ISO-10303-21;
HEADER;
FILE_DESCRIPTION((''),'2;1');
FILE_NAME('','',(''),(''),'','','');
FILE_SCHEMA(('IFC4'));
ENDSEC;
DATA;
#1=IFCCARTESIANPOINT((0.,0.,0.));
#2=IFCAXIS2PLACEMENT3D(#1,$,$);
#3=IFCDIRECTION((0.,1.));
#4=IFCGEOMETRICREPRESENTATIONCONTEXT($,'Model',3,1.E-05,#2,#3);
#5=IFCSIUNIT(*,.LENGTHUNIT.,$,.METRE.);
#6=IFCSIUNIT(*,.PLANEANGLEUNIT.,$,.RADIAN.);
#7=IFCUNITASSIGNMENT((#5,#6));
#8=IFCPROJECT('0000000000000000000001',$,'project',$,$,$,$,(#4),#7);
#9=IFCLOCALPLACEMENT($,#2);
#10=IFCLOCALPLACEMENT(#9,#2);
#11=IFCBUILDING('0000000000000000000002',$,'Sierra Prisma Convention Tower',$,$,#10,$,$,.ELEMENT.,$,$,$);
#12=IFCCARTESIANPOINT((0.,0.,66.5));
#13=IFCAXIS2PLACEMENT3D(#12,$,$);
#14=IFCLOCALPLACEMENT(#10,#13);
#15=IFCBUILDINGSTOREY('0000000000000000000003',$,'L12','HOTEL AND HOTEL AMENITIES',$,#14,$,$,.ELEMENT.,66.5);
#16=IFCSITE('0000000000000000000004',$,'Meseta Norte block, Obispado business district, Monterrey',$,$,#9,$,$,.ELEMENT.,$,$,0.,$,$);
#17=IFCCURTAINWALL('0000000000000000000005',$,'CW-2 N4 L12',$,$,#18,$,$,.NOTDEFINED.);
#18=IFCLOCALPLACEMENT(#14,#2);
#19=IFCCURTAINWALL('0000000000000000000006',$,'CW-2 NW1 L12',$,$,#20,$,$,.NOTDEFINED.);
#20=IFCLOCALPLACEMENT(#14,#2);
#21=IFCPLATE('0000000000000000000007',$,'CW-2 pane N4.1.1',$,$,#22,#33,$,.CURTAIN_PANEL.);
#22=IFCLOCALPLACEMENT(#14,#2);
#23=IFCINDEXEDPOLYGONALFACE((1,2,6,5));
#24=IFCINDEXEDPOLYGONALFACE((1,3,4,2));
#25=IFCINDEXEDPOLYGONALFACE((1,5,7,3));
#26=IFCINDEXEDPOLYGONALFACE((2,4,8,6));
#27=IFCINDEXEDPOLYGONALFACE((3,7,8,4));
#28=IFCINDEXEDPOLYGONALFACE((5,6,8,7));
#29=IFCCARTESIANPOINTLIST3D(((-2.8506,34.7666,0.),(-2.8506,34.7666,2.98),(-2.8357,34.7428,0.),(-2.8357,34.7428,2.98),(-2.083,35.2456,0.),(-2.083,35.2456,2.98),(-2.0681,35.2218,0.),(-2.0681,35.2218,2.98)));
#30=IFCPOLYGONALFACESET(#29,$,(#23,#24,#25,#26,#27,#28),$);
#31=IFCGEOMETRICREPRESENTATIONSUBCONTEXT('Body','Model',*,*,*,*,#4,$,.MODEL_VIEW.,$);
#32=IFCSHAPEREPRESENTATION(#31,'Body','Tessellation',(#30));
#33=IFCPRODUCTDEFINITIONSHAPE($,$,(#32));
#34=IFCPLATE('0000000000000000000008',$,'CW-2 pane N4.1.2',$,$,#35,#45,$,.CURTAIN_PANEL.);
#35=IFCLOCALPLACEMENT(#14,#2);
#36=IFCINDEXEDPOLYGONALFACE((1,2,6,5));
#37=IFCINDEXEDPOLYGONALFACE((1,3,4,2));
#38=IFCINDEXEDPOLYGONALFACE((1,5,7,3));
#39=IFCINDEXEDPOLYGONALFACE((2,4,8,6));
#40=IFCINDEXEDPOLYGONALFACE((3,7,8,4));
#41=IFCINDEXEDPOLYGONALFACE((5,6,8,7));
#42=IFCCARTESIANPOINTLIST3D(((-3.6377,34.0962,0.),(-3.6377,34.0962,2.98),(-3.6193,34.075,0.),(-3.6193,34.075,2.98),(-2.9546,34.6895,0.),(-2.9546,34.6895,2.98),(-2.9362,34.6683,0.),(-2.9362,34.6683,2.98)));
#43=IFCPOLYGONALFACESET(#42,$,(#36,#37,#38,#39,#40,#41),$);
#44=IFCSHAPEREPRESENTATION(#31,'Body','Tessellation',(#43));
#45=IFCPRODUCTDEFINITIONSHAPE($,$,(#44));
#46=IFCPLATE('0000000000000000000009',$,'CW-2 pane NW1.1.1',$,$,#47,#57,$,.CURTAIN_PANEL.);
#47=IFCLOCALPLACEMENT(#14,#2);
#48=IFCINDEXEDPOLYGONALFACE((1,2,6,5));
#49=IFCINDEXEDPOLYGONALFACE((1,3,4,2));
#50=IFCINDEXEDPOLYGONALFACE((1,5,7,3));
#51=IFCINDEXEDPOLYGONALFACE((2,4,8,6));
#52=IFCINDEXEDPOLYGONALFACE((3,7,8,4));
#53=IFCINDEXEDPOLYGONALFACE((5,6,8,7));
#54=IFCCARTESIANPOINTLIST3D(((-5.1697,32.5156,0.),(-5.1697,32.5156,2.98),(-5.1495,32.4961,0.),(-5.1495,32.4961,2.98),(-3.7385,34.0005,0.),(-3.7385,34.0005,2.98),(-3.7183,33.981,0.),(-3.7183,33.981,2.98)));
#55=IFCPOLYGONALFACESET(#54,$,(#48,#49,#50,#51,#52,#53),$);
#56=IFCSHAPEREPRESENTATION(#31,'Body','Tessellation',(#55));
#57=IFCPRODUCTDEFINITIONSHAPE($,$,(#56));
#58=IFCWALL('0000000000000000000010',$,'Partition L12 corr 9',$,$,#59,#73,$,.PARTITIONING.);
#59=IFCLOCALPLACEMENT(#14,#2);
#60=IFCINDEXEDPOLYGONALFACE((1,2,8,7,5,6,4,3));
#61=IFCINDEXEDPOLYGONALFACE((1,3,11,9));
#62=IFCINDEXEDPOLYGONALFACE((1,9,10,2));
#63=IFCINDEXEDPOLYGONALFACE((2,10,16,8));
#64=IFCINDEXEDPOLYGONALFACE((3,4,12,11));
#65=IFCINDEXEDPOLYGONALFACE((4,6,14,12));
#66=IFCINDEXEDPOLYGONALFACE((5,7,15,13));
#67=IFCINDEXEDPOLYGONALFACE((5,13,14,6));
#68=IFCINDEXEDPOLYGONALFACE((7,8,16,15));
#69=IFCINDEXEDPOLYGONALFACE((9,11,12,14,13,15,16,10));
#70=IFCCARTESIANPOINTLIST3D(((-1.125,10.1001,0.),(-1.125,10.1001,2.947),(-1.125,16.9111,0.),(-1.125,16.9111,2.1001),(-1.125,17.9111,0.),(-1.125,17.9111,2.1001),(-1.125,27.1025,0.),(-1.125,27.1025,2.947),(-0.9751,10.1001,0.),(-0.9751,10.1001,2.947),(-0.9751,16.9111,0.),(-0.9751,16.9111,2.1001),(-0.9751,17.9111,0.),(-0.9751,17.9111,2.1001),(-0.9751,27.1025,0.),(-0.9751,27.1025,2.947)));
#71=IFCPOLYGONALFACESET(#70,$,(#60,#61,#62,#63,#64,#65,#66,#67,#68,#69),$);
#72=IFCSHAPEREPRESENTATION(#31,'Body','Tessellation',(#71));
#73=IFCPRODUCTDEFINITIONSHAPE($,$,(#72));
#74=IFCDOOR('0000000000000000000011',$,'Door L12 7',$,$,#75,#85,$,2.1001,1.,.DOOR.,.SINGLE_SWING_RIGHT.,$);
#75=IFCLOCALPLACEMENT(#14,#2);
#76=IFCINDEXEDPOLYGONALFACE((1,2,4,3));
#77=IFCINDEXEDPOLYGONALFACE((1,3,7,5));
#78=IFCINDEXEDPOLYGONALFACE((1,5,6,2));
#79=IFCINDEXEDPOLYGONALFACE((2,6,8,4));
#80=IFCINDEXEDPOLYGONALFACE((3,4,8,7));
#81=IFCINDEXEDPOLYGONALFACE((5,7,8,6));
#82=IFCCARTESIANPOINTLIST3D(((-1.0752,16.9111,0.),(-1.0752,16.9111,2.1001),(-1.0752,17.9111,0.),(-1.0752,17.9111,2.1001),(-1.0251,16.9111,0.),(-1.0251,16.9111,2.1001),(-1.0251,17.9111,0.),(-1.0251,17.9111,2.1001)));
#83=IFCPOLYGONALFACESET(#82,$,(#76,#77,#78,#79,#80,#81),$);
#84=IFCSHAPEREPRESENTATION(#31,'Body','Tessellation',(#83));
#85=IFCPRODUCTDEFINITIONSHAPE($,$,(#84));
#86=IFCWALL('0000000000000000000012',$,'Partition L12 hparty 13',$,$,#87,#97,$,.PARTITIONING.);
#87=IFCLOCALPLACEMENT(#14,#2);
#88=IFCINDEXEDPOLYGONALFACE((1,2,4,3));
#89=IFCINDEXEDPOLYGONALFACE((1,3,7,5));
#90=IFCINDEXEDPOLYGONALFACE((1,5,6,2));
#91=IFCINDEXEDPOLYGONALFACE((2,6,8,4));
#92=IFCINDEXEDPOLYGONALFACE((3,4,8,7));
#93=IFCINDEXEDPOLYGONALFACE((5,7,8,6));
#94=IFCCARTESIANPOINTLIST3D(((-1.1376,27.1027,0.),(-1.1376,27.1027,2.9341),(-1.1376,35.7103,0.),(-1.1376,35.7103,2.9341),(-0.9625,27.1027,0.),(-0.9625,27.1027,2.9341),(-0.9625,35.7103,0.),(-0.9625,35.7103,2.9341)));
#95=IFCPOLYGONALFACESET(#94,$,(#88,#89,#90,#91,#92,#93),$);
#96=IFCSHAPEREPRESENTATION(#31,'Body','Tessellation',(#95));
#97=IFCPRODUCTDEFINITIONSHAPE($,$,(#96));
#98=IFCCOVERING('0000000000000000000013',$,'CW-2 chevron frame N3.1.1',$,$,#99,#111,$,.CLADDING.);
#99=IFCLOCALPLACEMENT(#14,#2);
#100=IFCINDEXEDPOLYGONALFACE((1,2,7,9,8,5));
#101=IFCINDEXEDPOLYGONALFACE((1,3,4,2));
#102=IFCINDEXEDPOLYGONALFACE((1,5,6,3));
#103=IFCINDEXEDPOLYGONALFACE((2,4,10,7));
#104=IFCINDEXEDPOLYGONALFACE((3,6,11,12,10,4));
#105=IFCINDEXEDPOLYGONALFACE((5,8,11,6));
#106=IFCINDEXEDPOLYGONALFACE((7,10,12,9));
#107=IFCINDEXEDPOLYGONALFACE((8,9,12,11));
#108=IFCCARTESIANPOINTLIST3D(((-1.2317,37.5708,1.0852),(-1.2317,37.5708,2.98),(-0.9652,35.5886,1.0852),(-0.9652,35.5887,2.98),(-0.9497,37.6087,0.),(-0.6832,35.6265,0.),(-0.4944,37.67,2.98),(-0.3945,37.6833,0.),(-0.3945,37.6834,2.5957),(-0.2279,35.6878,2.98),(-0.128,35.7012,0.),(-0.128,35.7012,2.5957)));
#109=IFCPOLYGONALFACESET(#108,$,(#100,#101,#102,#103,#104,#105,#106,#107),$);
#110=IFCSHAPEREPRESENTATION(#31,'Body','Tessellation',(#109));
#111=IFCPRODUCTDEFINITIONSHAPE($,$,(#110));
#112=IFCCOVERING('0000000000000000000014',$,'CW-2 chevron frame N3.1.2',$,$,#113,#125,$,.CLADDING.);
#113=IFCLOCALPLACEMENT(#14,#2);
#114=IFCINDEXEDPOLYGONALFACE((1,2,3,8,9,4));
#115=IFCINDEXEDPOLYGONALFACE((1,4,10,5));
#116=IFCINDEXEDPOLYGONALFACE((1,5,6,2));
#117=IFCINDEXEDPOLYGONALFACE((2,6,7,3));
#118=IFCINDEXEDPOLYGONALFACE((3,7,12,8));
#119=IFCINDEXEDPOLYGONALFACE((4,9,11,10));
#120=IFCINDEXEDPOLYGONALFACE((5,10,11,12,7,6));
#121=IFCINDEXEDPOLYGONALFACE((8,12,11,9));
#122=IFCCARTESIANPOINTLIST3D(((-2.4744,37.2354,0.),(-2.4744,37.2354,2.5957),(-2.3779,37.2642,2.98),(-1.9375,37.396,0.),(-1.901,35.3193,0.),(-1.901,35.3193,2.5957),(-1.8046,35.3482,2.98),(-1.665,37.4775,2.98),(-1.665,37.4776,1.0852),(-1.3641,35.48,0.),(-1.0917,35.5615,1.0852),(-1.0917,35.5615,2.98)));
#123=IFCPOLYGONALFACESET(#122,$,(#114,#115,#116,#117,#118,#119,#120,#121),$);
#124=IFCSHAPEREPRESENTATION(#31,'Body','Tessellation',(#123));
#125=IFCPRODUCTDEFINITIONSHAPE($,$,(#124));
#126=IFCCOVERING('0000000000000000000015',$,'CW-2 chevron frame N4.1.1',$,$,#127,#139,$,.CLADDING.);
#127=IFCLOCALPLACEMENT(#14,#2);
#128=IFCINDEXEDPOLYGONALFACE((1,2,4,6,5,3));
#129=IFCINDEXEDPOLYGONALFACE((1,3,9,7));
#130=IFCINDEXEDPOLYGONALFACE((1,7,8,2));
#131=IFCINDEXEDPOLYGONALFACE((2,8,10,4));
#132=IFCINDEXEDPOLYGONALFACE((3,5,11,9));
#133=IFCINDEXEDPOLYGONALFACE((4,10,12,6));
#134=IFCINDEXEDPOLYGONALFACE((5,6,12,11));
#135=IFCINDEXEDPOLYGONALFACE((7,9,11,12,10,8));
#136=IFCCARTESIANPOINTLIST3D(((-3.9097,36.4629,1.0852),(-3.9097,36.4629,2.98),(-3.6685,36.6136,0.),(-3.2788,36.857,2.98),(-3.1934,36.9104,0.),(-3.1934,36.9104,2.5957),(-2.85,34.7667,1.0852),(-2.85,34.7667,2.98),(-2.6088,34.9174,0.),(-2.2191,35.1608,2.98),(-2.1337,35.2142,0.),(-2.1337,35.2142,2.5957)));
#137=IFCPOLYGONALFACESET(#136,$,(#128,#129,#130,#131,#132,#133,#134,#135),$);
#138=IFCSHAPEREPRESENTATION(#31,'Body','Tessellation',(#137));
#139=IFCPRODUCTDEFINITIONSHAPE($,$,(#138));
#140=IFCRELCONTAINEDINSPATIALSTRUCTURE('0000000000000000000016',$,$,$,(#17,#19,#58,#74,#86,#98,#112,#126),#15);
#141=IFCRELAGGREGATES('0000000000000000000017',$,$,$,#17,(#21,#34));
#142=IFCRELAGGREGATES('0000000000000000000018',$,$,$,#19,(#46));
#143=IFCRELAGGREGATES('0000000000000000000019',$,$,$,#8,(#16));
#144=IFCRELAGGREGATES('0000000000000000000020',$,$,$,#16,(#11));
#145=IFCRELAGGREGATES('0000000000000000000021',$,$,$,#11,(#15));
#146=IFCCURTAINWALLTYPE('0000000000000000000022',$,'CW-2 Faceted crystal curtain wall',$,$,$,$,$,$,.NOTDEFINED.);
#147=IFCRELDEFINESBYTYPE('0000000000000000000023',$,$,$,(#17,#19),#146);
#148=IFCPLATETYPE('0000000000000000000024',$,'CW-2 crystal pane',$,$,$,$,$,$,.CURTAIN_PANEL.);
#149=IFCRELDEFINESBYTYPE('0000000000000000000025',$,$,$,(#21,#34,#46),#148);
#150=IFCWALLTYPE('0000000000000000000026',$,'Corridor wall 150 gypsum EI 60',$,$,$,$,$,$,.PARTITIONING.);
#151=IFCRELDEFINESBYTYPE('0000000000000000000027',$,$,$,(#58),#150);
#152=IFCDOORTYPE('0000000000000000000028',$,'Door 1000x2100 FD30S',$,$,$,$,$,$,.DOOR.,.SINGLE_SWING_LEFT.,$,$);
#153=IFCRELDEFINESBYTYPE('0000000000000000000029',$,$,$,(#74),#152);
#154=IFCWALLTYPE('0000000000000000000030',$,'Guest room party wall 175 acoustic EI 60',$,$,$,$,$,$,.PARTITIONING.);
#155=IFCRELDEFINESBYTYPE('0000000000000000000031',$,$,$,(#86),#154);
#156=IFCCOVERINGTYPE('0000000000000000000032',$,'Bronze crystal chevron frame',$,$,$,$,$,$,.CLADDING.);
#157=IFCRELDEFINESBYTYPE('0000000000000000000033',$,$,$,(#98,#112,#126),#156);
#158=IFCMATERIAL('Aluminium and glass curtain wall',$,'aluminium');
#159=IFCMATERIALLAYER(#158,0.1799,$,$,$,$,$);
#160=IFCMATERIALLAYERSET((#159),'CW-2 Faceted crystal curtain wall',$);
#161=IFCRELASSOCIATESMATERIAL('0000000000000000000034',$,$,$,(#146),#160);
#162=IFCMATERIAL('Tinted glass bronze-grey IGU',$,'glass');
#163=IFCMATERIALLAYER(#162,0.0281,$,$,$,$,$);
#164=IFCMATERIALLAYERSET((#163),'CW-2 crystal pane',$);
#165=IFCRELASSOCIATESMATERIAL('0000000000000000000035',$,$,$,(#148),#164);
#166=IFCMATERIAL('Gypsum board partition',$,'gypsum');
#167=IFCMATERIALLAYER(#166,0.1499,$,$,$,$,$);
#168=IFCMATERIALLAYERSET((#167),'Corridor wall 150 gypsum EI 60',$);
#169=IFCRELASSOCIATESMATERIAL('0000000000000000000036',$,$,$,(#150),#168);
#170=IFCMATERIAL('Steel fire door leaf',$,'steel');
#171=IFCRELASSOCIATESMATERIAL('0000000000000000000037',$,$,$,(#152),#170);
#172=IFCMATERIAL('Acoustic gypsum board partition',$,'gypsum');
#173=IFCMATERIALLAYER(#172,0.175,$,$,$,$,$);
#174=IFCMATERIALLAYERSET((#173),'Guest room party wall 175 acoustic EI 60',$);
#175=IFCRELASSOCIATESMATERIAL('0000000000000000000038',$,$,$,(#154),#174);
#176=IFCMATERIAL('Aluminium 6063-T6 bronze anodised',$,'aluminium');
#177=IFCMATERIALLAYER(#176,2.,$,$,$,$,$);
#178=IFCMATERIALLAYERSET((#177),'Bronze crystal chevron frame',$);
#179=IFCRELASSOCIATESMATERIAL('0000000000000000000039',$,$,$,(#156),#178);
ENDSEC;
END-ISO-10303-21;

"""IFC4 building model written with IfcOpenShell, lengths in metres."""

from ifc_helpers import new_model, si_unit, direction, frame, frame_2d, origin, place, context, subcontext, project, spatial, polyline, rectangle, outline, extrude, material, layer, layer_set, type_object, element, fill, aggregate, save


model = new_model("IFC4")

# Units and contexts
model_context = context("Model", 3, precision=1e-05, world=origin(), true_north=direction((0.0, 1.0)))
body_context = subcontext(model_context, "Body", "Model", "MODEL_VIEW")
ifc_project = project(units=[si_unit("LENGTHUNIT", "METRE"), si_unit("PLANEANGLEUNIT", "RADIAN")], contexts=[model_context])

# Site, building, storey
site_placement = place(None, origin())
site = spatial("IfcSite", under=ifc_project, at=site_placement, Name="Meseta Norte block, Obispado business district, Monterrey", CompositionType="ELEMENT", RefElevation=0.0)
building_placement = place(site_placement, origin())
building = spatial("IfcBuilding", under=site, at=building_placement, Name="Sierra Prisma Convention Tower", CompositionType="ELEMENT")
storey_placement = place(building_placement, frame((0.0, 0.0, 66.5)))
storey = spatial("IfcBuildingStorey", under=building, at=storey_placement, Name="L12", Description="HOTEL AND HOTEL AMENITIES", CompositionType="ELEMENT", Elevation=66.5)

# Curtain wall
ifc_material_1 = material(Name="Aluminium and glass curtain wall", Category="aluminium")
ifc_layer_1 = layer(ifc_material_1, 0.1799)
ifc_layer_set_1 = layer_set([ifc_layer_1], Name="CW-2 Faceted crystal curtain wall")
curtain_wall_type = type_object("IfcCurtainWallType", Name="CW-2 Faceted crystal curtain wall", PredefinedType="NOTDEFINED", material=ifc_layer_set_1)
curtain_wall_1_placement = place(storey_placement, origin())
curtain_wall_1 = element("IfcCurtainWall", 1, at=curtain_wall_1_placement, inside=storey, type_object=curtain_wall_type, Name="CW-2 N4 L12", PredefinedType="NOTDEFINED")

# Curtain wall
curtain_wall_2_placement = place(storey_placement, origin())
curtain_wall_2 = element("IfcCurtainWall", 2, at=curtain_wall_2_placement, inside=storey, type_object=curtain_wall_type, Name="CW-2 NW1 L12", PredefinedType="NOTDEFINED")

# Plates
ifc_material_2 = material(Name="Tinted glass bronze-grey IGU", Category="glass")
ifc_layer_2 = layer(ifc_material_2, 0.0281)
ifc_layer_set_2 = layer_set([ifc_layer_2], Name="CW-2 crystal pane")
plate_type = type_object("IfcPlateType", Name="CW-2 crystal pane", PredefinedType="CURTAIN_PANEL", material=ifc_layer_set_2)
plate_1_placement = place(storey_placement, frame((-2.083, 35.2456, 0.0), z_axis=(-0.529417, 0.848362, 0.0), x_axis=(-0.848362, -0.529417, 0.0)))
plate_1 = element("IfcPlate", 3, at=plate_1_placement, type_object=plate_type, Name="CW-2 pane N4.1.1", PredefinedType="CURTAIN_PANEL", context=body_context, shape_type="SweptSolid", body=[
    extrude(outline(polyline([(0.0, 0.0), (0.9048, 0.0), (0.9048, 2.98), (0.0, 2.98), (0.0, 0.0)])), origin(), (0.0, 0.0, -1.0), 0.0281),
])
plate_2_placement = place(storey_placement, frame((-3.6377, 34.0962, 0.0), z_axis=(-0.655711, 0.755012, 0.0), x_axis=(0.755012, 0.655711, 0.0)))
plate_2 = element("IfcPlate", 4, at=plate_2_placement, type_object=plate_type, Name="CW-2 pane N4.1.2", PredefinedType="CURTAIN_PANEL", context=body_context, shape_type="SweptSolid", body=[
    extrude(outline(polyline([(0.0, 0.0), (0.9048, 0.0), (0.9048, -2.98), (0.0, -2.98), (0.0, 0.0)])), origin(), (0.0, 0.0, -1.0), 0.0281),
])
aggregate(curtain_wall_1, [plate_1, plate_2])
plate_3_placement = place(storey_placement, frame((-3.7385, 34.0005, 0.0), z_axis=(-0.720009, 0.693965, 0.0), x_axis=(-0.693965, -0.720009, 0.0)))
plate_3 = element("IfcPlate", 5, at=plate_3_placement, type_object=plate_type, Name="CW-2 pane NW1.1.1", PredefinedType="CURTAIN_PANEL", context=body_context, shape_type="SweptSolid", body=[
    extrude(outline(polyline([(0.0, 0.0), (2.0623, 0.0), (2.0623, 2.98), (0.0, 2.98), (0.0, 0.0)])), origin(), (0.0, 0.0, -1.0), 0.0281),
])
aggregate(curtain_wall_2, [plate_3])

# Wall, opening, door
ifc_material_3 = material(Name="Gypsum board partition", Category="gypsum")
ifc_layer_3 = layer(ifc_material_3, 0.1499)
ifc_layer_set_3 = layer_set([ifc_layer_3], Name="Corridor wall 150 gypsum EI 60")
wall_type_1 = type_object("IfcWallType", Name="Corridor wall 150 gypsum EI 60", PredefinedType="PARTITIONING", material=ifc_layer_set_3)
wall_1_placement = place(storey_placement, frame((-1.05, 27.1025, 0.0), z_axis=(0.0, 0.0, 1.0), x_axis=(0.0, -1.0, 0.0)))
wall_1 = element("IfcWall", 6, at=wall_1_placement, inside=storey, type_object=wall_type_1, Name="Partition L12 corr 9", PredefinedType="PARTITIONING", context=body_context, shape_type="SweptSolid", body=[
    extrude(rectangle(XDim=17.0024, YDim=0.1499, at=frame_2d((8.5012, 0.0))), origin(), (0.0, 0.0, 1.0), 2.947),
])
opening_placement = place(wall_1_placement, frame((9.1914, 0.0, 0.0)))
opening = element("IfcOpeningElement", 7, at=opening_placement, cuts=wall_1, PredefinedType="OPENING", context=body_context, shape_type="SweptSolid", body=[
    extrude(rectangle(XDim=1.0, YDim=2.1001, at=frame_2d((0.5, 1.05))), frame((0.0, 0.075, 0.0), z_axis=(0.0, -1.0, 0.0), x_axis=(1.0, 0.0, 0.0)), (0.0, 0.0, 1.0), 0.1499),
])
ifc_material_4 = material(Name="Steel fire door leaf", Category="steel")
door_type = type_object("IfcDoorType", Name="Door 1000x2100 FD30S", OperationType="SINGLE_SWING_LEFT", PredefinedType="DOOR", material=ifc_material_4)
door_placement = place(opening_placement, origin())
door = element("IfcDoor", 8, at=door_placement, inside=storey, type_object=door_type, Name="Door L12 7", OperationType="SINGLE_SWING_RIGHT", OverallHeight=2.1001, OverallWidth=1.0, PredefinedType="DOOR", context=body_context, shape_type="SweptSolid", body=[
    extrude(rectangle(XDim=1.0, YDim=2.1001, at=frame_2d((0.5, 1.05))), frame((0.0, 0.0249, 0.0), z_axis=(0.0, -1.0, 0.0), x_axis=(1.0, 0.0, 0.0)), (0.0, 0.0, 1.0), 0.05),
])
fill(opening, door)

# Wall
ifc_material_5 = material(Name="Acoustic gypsum board partition", Category="gypsum")
ifc_layer_4 = layer(ifc_material_5, 0.175)
ifc_layer_set_4 = layer_set([ifc_layer_4], Name="Guest room party wall 175 acoustic EI 60")
wall_type_2 = type_object("IfcWallType", Name="Guest room party wall 175 acoustic EI 60", PredefinedType="PARTITIONING", material=ifc_layer_set_4)
wall_2_placement = place(storey_placement, frame((-1.05, 35.7102, 0.0), z_axis=(0.0, 0.0, 1.0), x_axis=(0.0, -1.0, 0.0)))
element("IfcWall", 9, at=wall_2_placement, inside=storey, type_object=wall_type_2, Name="Partition L12 hparty 13", PredefinedType="PARTITIONING", context=body_context, shape_type="SweptSolid", body=[
    extrude(rectangle(XDim=8.6077, YDim=0.175, at=frame_2d((4.3037, 0.0))), origin(), (0.0, 0.0, 1.0), 2.9341),
])

# Coverings
ifc_material_6 = material(Name="Aluminium 6063-T6 bronze anodised", Category="aluminium")
ifc_layer_5 = layer(ifc_material_6, 2.0)
ifc_layer_set_5 = layer_set([ifc_layer_5], Name="Bronze crystal chevron frame")
covering_type = type_object("IfcCoveringType", Name="Bronze crystal chevron frame", PredefinedType="CLADDING", material=ifc_layer_set_5)
covering_1_placement = place(storey_placement, frame((-0.3945, 37.6833, 0.0), z_axis=(-0.133258, 0.991081, -0.000012), x_axis=(-0.991081, -0.133258, 0.0)))
element("IfcCovering", 10, at=covering_1_placement, inside=storey, type_object=covering_type, Name="CW-2 chevron frame N3.1.1", PredefinedType="CLADDING", context=body_context, shape_type="SweptSolid", body=[
    extrude(outline(polyline([(0.0, 0.0), (0.5602, 0.0), (0.8447, 1.0852), (0.8447, 2.98), (0.1008, 2.98), (0.0, 2.5957), (0.0, 0.0)])), origin(), (0.0, 0.0, -1.0), 2.0),
])
covering_2_placement = place(storey_placement, frame((-1.665, 37.4775, 2.98), z_axis=(-0.286687, 0.958024, 0.000007), x_axis=(-0.000002, 0.000006, -1.0)))
element("IfcCovering", 11, at=covering_2_placement, inside=storey, type_object=covering_type, Name="CW-2 chevron frame N3.1.2", PredefinedType="CLADDING", context=body_context, shape_type="SweptSolid", body=[
    extrude(outline(polyline([(0.0, 0.0), (1.8948, 0.0), (2.98, 0.2844), (2.98, 0.8448), (0.3843, 0.8448), (0.0, 0.7441), (0.0, 0.0)])), origin(), (0.0, 0.0, -1.0), 2.0),
])
covering_3_placement = place(storey_placement, frame((-3.1934, 36.9104, 0.0), z_axis=(-0.529848, 0.848092, 0.000003), x_axis=(-0.848092, -0.529848, 0.0)))
element("IfcCovering", 12, at=covering_3_placement, inside=storey, type_object=covering_type, Name="CW-2 chevron frame N4.1.1", PredefinedType="CLADDING", context=body_context, shape_type="SweptSolid", body=[
    extrude(outline(polyline([(0.0, 0.0), (0.5602, 0.0), (0.8446, 1.0852), (0.8446, 2.98), (0.1008, 2.98), (0.0, 2.5957), (0.0, 0.0)])), origin(), (0.0, 0.0, -1.0), 2.0),
])

save(model, "model.ifc")
